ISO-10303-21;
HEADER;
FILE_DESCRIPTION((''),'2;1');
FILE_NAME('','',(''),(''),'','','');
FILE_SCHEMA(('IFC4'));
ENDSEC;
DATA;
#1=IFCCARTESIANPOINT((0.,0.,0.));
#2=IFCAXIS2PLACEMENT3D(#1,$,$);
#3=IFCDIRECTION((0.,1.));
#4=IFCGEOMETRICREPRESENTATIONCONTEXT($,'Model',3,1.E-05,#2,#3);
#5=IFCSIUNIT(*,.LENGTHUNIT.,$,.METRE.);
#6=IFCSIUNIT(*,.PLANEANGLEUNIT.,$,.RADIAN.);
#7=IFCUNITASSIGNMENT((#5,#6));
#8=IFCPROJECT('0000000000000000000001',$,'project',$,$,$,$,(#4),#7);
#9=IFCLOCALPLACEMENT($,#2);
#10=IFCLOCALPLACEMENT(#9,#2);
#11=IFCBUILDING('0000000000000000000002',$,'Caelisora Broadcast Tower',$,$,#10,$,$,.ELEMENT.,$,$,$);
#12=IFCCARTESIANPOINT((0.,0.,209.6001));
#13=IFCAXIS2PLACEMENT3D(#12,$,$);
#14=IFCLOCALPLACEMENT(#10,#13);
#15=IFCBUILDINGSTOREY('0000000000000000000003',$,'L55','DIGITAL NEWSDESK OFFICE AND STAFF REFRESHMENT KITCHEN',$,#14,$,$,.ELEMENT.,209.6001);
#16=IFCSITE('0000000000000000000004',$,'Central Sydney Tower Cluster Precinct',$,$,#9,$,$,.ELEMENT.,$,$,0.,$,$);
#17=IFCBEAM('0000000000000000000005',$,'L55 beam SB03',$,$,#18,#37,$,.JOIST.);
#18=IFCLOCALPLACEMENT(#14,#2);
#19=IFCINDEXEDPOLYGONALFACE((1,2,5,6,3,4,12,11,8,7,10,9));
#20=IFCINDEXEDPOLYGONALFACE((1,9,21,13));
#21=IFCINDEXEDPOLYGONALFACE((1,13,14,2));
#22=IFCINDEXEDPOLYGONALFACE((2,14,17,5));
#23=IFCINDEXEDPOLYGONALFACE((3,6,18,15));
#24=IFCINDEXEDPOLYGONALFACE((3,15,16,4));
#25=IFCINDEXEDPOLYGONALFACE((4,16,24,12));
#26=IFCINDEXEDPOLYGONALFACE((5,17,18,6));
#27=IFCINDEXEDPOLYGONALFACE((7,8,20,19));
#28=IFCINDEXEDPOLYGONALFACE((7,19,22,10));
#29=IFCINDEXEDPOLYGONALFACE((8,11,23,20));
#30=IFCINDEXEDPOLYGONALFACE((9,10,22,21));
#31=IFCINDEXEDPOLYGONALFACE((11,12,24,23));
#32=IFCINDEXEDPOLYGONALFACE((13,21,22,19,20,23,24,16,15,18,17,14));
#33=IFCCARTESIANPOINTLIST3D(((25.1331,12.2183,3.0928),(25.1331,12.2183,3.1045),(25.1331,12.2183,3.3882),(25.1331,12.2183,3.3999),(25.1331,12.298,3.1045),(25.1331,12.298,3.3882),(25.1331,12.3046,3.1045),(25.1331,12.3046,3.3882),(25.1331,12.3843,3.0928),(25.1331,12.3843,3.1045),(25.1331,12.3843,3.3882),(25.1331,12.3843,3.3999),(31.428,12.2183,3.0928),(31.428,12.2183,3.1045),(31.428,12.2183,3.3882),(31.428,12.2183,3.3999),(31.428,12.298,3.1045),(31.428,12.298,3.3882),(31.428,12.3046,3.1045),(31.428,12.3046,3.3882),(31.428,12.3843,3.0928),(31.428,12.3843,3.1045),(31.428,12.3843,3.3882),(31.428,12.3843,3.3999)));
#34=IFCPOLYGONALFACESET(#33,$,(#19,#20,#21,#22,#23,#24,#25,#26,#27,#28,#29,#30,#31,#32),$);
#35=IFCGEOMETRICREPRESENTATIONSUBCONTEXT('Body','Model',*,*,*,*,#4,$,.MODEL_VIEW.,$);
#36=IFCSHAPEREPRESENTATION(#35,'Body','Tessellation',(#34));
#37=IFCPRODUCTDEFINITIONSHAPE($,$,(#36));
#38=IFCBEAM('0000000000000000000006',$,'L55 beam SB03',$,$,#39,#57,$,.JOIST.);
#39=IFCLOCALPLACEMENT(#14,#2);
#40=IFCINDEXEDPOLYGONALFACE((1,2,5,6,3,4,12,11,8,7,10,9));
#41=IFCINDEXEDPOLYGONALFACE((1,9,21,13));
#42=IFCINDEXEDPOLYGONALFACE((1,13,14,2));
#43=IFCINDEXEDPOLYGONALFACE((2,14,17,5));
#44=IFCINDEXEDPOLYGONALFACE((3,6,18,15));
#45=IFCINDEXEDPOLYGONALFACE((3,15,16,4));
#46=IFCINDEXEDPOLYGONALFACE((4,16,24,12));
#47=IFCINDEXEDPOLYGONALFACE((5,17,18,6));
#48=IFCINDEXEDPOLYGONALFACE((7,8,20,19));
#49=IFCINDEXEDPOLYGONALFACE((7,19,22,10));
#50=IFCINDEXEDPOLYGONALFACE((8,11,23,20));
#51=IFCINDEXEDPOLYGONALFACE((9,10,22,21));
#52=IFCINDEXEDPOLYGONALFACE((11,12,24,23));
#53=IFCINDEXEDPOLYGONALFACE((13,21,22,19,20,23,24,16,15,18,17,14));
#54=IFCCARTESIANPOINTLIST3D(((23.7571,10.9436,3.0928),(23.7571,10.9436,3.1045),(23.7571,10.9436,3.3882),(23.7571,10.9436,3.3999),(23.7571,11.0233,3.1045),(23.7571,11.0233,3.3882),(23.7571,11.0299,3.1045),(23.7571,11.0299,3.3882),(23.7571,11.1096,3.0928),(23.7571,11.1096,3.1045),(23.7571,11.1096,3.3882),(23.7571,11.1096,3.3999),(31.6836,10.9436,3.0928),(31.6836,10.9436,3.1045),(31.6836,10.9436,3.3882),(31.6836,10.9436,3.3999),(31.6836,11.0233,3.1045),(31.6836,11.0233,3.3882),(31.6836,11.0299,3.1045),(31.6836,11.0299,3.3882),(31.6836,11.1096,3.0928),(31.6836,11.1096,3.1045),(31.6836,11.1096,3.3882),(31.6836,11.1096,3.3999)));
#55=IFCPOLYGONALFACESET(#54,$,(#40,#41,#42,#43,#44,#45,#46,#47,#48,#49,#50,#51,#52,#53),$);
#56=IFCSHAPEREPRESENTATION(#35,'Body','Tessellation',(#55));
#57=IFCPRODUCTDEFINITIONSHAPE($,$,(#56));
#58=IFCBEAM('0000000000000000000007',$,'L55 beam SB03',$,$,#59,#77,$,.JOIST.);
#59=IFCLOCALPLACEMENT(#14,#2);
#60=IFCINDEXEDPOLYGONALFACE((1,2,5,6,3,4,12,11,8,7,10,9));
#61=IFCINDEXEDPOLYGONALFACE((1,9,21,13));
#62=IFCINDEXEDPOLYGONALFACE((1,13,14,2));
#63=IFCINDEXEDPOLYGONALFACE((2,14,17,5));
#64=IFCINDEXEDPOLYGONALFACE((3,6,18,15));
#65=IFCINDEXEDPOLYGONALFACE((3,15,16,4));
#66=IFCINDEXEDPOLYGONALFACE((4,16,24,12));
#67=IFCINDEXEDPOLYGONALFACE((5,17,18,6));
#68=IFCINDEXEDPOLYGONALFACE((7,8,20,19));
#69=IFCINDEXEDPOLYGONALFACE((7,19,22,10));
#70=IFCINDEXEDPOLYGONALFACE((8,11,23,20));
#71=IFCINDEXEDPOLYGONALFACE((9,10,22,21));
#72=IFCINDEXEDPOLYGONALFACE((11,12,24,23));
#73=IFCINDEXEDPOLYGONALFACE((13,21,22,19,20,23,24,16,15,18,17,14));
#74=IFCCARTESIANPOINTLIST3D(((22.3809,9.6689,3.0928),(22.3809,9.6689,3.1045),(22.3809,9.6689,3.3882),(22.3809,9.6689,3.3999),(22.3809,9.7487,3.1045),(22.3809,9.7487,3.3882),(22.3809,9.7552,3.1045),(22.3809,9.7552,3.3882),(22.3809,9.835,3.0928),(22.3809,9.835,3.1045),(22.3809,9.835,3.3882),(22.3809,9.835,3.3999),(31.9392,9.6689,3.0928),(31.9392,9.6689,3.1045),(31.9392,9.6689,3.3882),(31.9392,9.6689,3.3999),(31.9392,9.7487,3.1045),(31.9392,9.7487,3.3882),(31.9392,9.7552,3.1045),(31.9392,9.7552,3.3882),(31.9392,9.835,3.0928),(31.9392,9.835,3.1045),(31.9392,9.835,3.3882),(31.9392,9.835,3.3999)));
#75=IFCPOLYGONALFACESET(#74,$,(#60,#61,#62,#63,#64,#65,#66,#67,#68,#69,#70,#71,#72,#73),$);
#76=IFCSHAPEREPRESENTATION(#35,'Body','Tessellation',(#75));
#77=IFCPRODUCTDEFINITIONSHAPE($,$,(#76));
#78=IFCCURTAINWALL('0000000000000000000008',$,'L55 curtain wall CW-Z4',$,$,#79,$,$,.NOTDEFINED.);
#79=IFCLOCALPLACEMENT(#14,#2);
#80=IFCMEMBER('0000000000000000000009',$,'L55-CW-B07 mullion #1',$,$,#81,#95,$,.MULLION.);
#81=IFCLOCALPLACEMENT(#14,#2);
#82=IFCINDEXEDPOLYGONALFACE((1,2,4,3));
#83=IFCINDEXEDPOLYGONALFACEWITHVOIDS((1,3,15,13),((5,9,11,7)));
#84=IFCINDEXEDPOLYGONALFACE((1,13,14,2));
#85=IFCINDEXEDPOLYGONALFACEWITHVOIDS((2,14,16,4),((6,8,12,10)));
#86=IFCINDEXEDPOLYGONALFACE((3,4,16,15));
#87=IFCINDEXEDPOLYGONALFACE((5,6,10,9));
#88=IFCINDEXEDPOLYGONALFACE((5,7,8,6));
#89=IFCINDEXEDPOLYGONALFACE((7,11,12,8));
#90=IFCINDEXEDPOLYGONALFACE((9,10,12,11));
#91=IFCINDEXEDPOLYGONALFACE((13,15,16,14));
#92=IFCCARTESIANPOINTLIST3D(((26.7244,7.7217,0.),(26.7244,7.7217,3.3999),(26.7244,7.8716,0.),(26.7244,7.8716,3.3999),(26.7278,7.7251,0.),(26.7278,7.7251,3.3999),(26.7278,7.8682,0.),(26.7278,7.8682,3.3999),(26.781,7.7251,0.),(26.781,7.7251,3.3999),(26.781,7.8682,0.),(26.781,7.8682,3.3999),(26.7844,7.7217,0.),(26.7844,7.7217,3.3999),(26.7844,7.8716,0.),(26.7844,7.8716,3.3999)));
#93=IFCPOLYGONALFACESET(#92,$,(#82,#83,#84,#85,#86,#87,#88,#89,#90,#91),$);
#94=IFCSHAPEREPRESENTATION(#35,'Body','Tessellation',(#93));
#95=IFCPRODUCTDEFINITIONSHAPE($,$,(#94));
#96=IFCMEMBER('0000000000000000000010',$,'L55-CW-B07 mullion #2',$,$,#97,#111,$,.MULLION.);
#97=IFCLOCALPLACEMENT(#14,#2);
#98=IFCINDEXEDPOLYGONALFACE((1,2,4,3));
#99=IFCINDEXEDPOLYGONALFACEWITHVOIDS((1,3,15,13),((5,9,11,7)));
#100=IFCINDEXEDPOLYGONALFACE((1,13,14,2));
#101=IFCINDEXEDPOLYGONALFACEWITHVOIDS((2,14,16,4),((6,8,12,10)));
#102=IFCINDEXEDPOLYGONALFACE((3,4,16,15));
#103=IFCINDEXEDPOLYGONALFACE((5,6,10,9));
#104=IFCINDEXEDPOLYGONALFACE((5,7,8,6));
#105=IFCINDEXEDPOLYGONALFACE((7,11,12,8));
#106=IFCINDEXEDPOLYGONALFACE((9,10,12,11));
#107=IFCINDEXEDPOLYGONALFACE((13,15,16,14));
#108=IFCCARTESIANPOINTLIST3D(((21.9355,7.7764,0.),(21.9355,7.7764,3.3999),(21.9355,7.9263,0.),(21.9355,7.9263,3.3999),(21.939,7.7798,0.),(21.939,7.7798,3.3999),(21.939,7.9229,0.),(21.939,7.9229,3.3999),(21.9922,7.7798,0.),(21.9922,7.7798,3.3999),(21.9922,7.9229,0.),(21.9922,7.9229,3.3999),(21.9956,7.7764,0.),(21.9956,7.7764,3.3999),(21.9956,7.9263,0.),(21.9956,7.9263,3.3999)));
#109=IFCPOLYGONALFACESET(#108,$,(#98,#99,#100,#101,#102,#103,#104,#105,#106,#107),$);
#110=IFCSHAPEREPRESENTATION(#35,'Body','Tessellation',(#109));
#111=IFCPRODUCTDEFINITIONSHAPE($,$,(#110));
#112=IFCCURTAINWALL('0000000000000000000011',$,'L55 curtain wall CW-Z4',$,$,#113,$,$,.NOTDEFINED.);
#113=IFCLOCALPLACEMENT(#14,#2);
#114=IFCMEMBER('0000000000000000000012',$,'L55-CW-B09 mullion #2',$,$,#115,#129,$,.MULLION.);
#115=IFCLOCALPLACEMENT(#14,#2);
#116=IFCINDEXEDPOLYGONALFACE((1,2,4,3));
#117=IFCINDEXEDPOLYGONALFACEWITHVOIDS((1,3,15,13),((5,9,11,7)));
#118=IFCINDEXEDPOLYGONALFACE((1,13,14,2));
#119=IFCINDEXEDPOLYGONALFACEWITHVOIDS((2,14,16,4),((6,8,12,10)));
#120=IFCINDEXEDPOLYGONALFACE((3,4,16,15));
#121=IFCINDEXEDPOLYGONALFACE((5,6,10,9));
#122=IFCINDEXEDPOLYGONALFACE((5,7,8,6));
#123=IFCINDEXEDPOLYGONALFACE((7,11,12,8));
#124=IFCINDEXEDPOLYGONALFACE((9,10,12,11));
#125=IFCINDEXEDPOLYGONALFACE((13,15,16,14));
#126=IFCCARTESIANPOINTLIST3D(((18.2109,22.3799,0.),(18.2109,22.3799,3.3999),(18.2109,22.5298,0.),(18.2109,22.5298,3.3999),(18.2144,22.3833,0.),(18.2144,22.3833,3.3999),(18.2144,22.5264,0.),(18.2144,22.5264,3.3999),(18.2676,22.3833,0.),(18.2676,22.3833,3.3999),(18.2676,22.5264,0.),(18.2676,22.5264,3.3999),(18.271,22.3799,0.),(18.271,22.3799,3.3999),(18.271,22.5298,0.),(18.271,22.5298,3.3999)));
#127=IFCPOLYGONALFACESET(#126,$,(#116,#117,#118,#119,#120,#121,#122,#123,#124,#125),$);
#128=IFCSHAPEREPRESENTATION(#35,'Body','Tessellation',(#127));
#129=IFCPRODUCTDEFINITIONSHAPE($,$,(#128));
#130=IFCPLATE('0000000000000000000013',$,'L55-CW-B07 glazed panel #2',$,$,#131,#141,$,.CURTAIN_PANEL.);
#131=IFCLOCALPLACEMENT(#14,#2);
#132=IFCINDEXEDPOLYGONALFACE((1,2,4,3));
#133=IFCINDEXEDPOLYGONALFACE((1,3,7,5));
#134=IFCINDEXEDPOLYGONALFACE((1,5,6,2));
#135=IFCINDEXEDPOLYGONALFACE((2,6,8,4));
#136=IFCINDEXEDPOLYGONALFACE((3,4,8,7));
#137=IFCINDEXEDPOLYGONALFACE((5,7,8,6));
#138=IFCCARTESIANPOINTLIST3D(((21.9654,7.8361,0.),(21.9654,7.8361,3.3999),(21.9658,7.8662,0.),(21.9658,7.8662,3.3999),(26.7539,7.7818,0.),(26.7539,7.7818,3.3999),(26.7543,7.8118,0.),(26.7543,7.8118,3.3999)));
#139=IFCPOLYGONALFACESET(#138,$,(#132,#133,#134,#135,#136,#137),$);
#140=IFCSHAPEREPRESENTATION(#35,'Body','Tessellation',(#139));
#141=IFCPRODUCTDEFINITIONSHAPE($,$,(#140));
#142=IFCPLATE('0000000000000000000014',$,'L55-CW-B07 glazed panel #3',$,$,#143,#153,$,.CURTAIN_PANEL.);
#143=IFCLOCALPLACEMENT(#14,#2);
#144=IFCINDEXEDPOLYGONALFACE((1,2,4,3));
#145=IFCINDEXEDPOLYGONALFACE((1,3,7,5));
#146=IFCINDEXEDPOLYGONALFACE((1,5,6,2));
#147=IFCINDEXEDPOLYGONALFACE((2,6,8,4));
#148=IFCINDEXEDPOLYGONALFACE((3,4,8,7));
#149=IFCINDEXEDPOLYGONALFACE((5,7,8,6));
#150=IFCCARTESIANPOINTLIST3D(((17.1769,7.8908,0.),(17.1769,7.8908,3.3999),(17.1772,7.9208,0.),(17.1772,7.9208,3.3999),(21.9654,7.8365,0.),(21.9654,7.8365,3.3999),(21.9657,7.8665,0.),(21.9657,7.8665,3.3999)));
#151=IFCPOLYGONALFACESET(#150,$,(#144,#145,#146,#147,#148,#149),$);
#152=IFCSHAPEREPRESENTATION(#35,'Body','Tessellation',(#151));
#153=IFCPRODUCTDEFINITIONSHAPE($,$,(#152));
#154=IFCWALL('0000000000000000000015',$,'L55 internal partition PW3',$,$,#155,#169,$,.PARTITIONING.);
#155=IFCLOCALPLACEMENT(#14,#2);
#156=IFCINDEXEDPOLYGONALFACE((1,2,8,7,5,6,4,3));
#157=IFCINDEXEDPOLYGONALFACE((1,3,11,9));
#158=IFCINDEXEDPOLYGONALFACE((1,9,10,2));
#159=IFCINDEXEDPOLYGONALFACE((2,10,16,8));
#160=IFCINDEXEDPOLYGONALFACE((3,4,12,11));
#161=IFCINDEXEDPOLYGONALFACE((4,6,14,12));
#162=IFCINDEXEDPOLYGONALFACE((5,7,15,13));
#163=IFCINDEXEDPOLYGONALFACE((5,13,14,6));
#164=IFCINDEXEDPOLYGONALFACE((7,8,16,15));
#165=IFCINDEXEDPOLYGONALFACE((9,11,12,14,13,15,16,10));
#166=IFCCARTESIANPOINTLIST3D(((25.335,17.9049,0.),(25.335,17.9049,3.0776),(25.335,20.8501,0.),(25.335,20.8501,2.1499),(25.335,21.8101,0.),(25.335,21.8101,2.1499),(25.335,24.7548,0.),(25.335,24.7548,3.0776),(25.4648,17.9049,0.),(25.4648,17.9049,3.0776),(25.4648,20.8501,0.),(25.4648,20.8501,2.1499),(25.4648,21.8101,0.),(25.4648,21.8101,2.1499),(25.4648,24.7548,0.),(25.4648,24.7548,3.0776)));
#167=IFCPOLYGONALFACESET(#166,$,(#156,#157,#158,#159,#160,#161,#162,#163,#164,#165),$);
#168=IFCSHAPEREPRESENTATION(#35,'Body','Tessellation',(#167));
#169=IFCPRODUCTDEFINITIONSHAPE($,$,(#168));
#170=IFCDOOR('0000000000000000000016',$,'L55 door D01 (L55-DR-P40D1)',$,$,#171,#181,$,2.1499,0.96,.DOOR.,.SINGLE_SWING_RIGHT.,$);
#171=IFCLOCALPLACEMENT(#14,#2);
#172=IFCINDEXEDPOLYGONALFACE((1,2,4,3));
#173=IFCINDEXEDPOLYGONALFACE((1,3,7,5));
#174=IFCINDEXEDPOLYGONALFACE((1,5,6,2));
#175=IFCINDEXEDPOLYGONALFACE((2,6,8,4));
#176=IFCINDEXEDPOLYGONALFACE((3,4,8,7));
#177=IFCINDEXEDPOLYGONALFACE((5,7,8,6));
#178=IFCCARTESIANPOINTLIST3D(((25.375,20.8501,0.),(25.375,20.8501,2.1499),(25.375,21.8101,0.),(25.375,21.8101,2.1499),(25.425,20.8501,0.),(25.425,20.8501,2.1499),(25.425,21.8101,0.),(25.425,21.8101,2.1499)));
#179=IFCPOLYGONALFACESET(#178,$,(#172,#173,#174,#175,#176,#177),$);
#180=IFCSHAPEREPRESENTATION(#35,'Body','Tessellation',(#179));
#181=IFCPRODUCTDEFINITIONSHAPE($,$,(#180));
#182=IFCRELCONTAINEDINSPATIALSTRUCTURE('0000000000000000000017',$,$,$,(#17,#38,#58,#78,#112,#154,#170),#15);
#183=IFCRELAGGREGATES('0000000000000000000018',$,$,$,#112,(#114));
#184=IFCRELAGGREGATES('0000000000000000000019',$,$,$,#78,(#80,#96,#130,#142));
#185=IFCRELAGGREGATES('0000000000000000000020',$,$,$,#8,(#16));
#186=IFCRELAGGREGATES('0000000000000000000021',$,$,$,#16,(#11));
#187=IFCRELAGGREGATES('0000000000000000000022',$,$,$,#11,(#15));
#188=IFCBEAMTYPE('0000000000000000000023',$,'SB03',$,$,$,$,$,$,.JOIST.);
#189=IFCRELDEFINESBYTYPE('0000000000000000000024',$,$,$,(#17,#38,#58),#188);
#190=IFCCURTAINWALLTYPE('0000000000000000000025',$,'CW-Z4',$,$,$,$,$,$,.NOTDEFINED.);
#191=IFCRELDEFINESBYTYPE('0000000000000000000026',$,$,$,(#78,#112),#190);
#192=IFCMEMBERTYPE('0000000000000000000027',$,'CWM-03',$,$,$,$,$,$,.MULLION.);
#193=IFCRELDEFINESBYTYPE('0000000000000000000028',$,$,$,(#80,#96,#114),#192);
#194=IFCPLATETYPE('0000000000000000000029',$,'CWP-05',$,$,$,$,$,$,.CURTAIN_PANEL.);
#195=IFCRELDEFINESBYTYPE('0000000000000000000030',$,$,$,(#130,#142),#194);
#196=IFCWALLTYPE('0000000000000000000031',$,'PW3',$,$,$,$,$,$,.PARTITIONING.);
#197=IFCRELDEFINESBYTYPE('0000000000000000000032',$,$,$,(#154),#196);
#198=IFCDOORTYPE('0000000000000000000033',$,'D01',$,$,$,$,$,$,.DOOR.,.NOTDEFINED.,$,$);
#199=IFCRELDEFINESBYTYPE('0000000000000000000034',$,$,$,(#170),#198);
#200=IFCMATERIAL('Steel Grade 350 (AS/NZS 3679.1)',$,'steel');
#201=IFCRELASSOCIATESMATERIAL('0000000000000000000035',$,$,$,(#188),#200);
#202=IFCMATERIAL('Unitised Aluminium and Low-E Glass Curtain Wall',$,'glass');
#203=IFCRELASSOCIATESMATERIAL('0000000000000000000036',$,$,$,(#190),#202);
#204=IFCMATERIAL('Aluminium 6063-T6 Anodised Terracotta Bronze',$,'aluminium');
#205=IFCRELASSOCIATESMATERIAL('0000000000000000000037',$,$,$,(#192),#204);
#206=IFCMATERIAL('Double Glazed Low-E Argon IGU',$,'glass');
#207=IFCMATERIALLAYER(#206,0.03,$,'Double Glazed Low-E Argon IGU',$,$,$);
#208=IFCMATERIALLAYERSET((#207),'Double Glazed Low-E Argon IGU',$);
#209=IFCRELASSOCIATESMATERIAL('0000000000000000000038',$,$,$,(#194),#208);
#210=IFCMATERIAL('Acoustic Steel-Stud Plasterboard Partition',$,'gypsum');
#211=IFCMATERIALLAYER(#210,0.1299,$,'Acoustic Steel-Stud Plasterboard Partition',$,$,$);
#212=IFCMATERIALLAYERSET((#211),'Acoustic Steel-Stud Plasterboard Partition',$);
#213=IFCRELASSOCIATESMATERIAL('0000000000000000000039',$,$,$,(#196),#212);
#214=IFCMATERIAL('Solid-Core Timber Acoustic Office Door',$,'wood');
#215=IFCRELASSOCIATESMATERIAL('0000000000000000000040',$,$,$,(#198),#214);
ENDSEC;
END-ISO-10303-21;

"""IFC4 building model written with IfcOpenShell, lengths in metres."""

from ifc_helpers import new_model, si_unit, direction, frame, frame_2d, origin, origin_2d, place, context, subcontext, project, spatial, rectangle, hollow_rectangle, i_section, extrude, source, transform, mapped, material, layer, layer_set, material_profile, profile_set, type_object, type_shapes, element, fill, aggregate, save


model = new_model("IFC4")

# Units and contexts
model_context = context("Model", 3, precision=1e-05, world=origin(), true_north=direction((0.0, 1.0)))
body_context = subcontext(model_context, "Body", "Model", "MODEL_VIEW")
ifc_project = project(units=[si_unit("LENGTHUNIT", "METRE"), si_unit("PLANEANGLEUNIT", "RADIAN")], contexts=[model_context])

# Site, building, storey
site_placement = place(None, origin())
site = spatial("IfcSite", under=ifc_project, at=site_placement, Name="Central Sydney Tower Cluster Precinct", CompositionType="ELEMENT", RefElevation=0.0)
building_placement = place(site_placement, origin())
building = spatial("IfcBuilding", under=site, at=building_placement, Name="Caelisora Broadcast Tower", CompositionType="ELEMENT")
storey_placement = place(building_placement, frame((0.0, 0.0, 209.6001)))
storey = spatial("IfcBuildingStorey", under=building, at=storey_placement, Name="L55", Description="DIGITAL NEWSDESK OFFICE AND STAFF REFRESHMENT KITCHEN", CompositionType="ELEMENT", Elevation=209.6001)

# Beams
ifc_material_1 = material(Name="Steel Grade 350 (AS/NZS 3679.1)", Category="steel")
ifc_material_profile_1 = material_profile(ifc_material_1, i_section(OverallWidth=0.166, OverallDepth=0.3071, WebThickness=0.0066, FlangeThickness=0.0117, at=origin_2d()), Name="Steel Grade 350 (AS/NZS 3679.1)")
ifc_profile_set_1 = profile_set([ifc_material_profile_1], Name="Steel Grade 350 (AS/NZS 3679.1)")
beam_type_1 = type_object("IfcBeamType", Name="SB03", PredefinedType="JOIST", material=ifc_profile_set_1)
shared_shape_1 = source(origin(), body_context, "Body", "SweptSolid", [
    extrude(i_section(OverallWidth=0.166, OverallDepth=0.3071, WebThickness=0.0066, FlangeThickness=0.0117, at=origin_2d()), origin(), (0.0, 0.0, 1.0), 6.2949),
])
beam_1_placement = place(storey_placement, frame((25.1331, 12.3013, 3.2463), z_axis=(1.0, 0.0, 0.0), x_axis=(0.0, 1.0, 0.0)))
element("IfcBeam", 1, at=beam_1_placement, inside=storey, type_object=beam_type_1, Name="L55 beam SB03", PredefinedType="JOIST", context=body_context, shape_type="MappedRepresentation", body=[
    mapped(shared_shape_1, transform((0.0, 0.0, 0.0), scale=1.0)),
])
shared_shape_2 = source(origin(), body_context, "Body", "SweptSolid", [
    extrude(i_section(OverallWidth=0.166, OverallDepth=0.3071, WebThickness=0.0066, FlangeThickness=0.0117, at=origin_2d()), origin(), (0.0, 0.0, 1.0), 7.9265),
])
beam_2_placement = place(storey_placement, frame((23.7571, 11.0266, 3.2463), z_axis=(1.0, 0.0, 0.0), x_axis=(0.0, 1.0, 0.0)))
element("IfcBeam", 2, at=beam_2_placement, inside=storey, type_object=beam_type_1, Name="L55 beam SB03", PredefinedType="JOIST", context=body_context, shape_type="MappedRepresentation", body=[
    mapped(shared_shape_2, transform((0.0, 0.0, 0.0), scale=1.0)),
])
shared_shape_3 = source(origin(), body_context, "Body", "SweptSolid", [
    extrude(i_section(OverallWidth=0.166, OverallDepth=0.3071, WebThickness=0.0066, FlangeThickness=0.0117, at=origin_2d()), origin(), (0.0, 0.0, 1.0), 9.5583),
])
beam_3_placement = place(storey_placement, frame((22.3809, 9.752, 3.2463), z_axis=(1.0, 0.0, 0.0), x_axis=(0.0, 1.0, 0.0)))
element("IfcBeam", 3, at=beam_3_placement, inside=storey, type_object=beam_type_1, Name="L55 beam SB03", PredefinedType="JOIST", context=body_context, shape_type="MappedRepresentation", body=[
    mapped(shared_shape_3, transform((0.0, 0.0, 0.0), scale=1.0)),
])

# Curtain wall, members
ifc_material_2 = material(Name="Unitised Aluminium and Low-E Glass Curtain Wall", Category="glass")
curtain_wall_type = type_object("IfcCurtainWallType", Name="CW-Z4", PredefinedType="NOTDEFINED", material=ifc_material_2)
curtain_wall_1_placement = place(storey_placement, origin())
curtain_wall_1 = element("IfcCurtainWall", 4, at=curtain_wall_1_placement, inside=storey, type_object=curtain_wall_type, Name="L55 curtain wall CW-Z4", PredefinedType="NOTDEFINED")
ifc_material_3 = material(Name="Aluminium 6063-T6 Anodised Terracotta Bronze", Category="aluminium")
ifc_material_profile_2 = material_profile(ifc_material_3, hollow_rectangle(XDim=0.0601, YDim=0.1499, WallThickness=0.0034, at=origin_2d()), Name="Aluminium 6063-T6 Anodised Terracotta Bronze")
ifc_profile_set_2 = profile_set([ifc_material_profile_2], Name="Aluminium 6063-T6 Anodised Terracotta Bronze")
member_type = type_object("IfcMemberType", Name="CWM-03", PredefinedType="MULLION", material=ifc_profile_set_2)
shared_shape_4 = source(origin(), body_context, "Body", "SweptSolid", [
    extrude(hollow_rectangle(XDim=0.0601, YDim=0.1499, WallThickness=0.0034, at=origin_2d()), origin(), (0.0, 0.0, 1.0), 3.3999),
])
type_shapes(member_type, [shared_shape_4])
member_1_placement = place(storey_placement, frame((26.7544, 7.7966, 0.0), z_axis=(0.0, 0.0, 1.0), x_axis=(1.0, 0.0, 0.0)))
member_1 = element("IfcMember", 5, at=member_1_placement, type_object=member_type, Name="L55-CW-B07 mullion #1", PredefinedType="MULLION", context=body_context, shape_type="MappedRepresentation", body=[
    mapped(shared_shape_4, transform((0.0, 0.0, 0.0), scale=1.0)),
])
member_2_placement = place(storey_placement, frame((21.9656, 7.8513, 0.0), z_axis=(0.0, 0.0, 1.0), x_axis=(1.0, 0.0, 0.0)))
member_2 = element("IfcMember", 6, at=member_2_placement, type_object=member_type, Name="L55-CW-B07 mullion #2", PredefinedType="MULLION", context=body_context, shape_type="MappedRepresentation", body=[
    mapped(shared_shape_4, transform((0.0, 0.0, 0.0), scale=1.0)),
])

# Curtain wall, member
curtain_wall_2_placement = place(storey_placement, origin())
curtain_wall_2 = element("IfcCurtainWall", 7, at=curtain_wall_2_placement, inside=storey, type_object=curtain_wall_type, Name="L55 curtain wall CW-Z4", PredefinedType="NOTDEFINED")
member_3_placement = place(storey_placement, frame((18.241, 22.4548, 0.0), z_axis=(0.0, 0.0, 1.0), x_axis=(1.0, 0.0, 0.0)))
member_3 = element("IfcMember", 8, at=member_3_placement, type_object=member_type, Name="L55-CW-B09 mullion #2", PredefinedType="MULLION", context=body_context, shape_type="MappedRepresentation", body=[
    mapped(shared_shape_4, transform((0.0, 0.0, 0.0), scale=1.0)),
])
aggregate(curtain_wall_2, [member_3])

# Plates
ifc_material_4 = material(Name="Double Glazed Low-E Argon IGU", Category="glass")
ifc_layer_1 = layer(ifc_material_4, 0.03, Name="Double Glazed Low-E Argon IGU")
ifc_layer_set_1 = layer_set([ifc_layer_1], Name="Double Glazed Low-E Argon IGU")
plate_type = type_object("IfcPlateType", Name="CWP-05", PredefinedType="CURTAIN_PANEL", material=ifc_layer_set_1)
shared_shape_5 = source(origin(), body_context, "Body", "SweptSolid", [
    extrude(rectangle(XDim=4.7888, YDim=0.03, at=origin_2d()), origin(), (0.0, 0.0, 1.0), 3.3999),
])
type_shapes(plate_type, [shared_shape_5])
plate_1_placement = place(storey_placement, frame((24.3599, 7.824, 0.0), z_axis=(0.0, 0.0, 1.0), x_axis=(-0.999936, 0.011344, 0.0)))
plate_1 = element("IfcPlate", 9, at=plate_1_placement, type_object=plate_type, Name="L55-CW-B07 glazed panel #2", PredefinedType="CURTAIN_PANEL", context=body_context, shape_type="MappedRepresentation", body=[
    mapped(shared_shape_5, transform((0.0, 0.0, 0.0), scale=1.0)),
])
plate_2_placement = place(storey_placement, frame((19.5713, 7.8787, 0.0), z_axis=(0.0, 0.0, 1.0), x_axis=(-0.999936, 0.011344, 0.0)))
plate_2 = element("IfcPlate", 10, at=plate_2_placement, type_object=plate_type, Name="L55-CW-B07 glazed panel #3", PredefinedType="CURTAIN_PANEL", context=body_context, shape_type="MappedRepresentation", body=[
    mapped(shared_shape_5, transform((0.0, 0.0, 0.0), scale=1.0)),
])
aggregate(curtain_wall_1, [member_1, member_2, plate_1, plate_2])

# Wall, opening, door
ifc_material_5 = material(Name="Acoustic Steel-Stud Plasterboard Partition", Category="gypsum")
ifc_layer_2 = layer(ifc_material_5, 0.1299, Name="Acoustic Steel-Stud Plasterboard Partition")
ifc_layer_set_2 = layer_set([ifc_layer_2], Name="Acoustic Steel-Stud Plasterboard Partition")
wall_type = type_object("IfcWallType", Name="PW3", PredefinedType="PARTITIONING", material=ifc_layer_set_2)
wall_1_placement = place(storey_placement, frame((25.3999, 17.905, 0.0), z_axis=(0.0, 0.0, 1.0), x_axis=(0.0, 1.0, 0.0)))
wall_1 = element("IfcWall", 11, at=wall_1_placement, inside=storey, type_object=wall_type, Name="L55 internal partition PW3", PredefinedType="PARTITIONING", context=body_context, shape_type="SweptSolid", body=[
    extrude(rectangle(XDim=6.8499, YDim=0.1299, at=frame_2d((3.4248, 0.0))), origin(), (0.0, 0.0, 1.0), 3.0776),
])
opening_placement = place(wall_1_placement, frame((2.9451, 0.0, 0.0)))
opening = element("IfcOpeningElement", 12, at=opening_placement, cuts=wall_1, PredefinedType="OPENING", context=body_context, shape_type="SweptSolid", body=[
    extrude(rectangle(XDim=0.96, YDim=2.1499, at=frame_2d((0.48, 1.075))), frame((0.0, 0.0769, 0.0), z_axis=(0.0, -1.0, 0.0), x_axis=(1.0, 0.0, 0.0)), (0.0, 0.0, 1.0), 0.1538),
])
ifc_material_6 = material(Name="Solid-Core Timber Acoustic Office Door", Category="wood")
door_type = type_object("IfcDoorType", Name="D01", OperationType="NOTDEFINED", PredefinedType="DOOR", material=ifc_material_6)
door_placement = place(opening_placement, origin())
door = element("IfcDoor", 13, at=door_placement, inside=storey, type_object=door_type, Name="L55 door D01 (L55-DR-P40D1)", OperationType="SINGLE_SWING_RIGHT", OverallHeight=2.1499, OverallWidth=0.96, PredefinedType="DOOR", context=body_context, shape_type="SweptSolid", body=[
    extrude(rectangle(XDim=0.96, YDim=2.1499, at=frame_2d((0.48, 1.075))), frame((0.0, 0.0249, 0.0), z_axis=(0.0, -1.0, 0.0), x_axis=(1.0, 0.0, 0.0)), (0.0, 0.0, 1.0), 0.05),
])
fill(opening, door)

save(model, "model.ifc")
